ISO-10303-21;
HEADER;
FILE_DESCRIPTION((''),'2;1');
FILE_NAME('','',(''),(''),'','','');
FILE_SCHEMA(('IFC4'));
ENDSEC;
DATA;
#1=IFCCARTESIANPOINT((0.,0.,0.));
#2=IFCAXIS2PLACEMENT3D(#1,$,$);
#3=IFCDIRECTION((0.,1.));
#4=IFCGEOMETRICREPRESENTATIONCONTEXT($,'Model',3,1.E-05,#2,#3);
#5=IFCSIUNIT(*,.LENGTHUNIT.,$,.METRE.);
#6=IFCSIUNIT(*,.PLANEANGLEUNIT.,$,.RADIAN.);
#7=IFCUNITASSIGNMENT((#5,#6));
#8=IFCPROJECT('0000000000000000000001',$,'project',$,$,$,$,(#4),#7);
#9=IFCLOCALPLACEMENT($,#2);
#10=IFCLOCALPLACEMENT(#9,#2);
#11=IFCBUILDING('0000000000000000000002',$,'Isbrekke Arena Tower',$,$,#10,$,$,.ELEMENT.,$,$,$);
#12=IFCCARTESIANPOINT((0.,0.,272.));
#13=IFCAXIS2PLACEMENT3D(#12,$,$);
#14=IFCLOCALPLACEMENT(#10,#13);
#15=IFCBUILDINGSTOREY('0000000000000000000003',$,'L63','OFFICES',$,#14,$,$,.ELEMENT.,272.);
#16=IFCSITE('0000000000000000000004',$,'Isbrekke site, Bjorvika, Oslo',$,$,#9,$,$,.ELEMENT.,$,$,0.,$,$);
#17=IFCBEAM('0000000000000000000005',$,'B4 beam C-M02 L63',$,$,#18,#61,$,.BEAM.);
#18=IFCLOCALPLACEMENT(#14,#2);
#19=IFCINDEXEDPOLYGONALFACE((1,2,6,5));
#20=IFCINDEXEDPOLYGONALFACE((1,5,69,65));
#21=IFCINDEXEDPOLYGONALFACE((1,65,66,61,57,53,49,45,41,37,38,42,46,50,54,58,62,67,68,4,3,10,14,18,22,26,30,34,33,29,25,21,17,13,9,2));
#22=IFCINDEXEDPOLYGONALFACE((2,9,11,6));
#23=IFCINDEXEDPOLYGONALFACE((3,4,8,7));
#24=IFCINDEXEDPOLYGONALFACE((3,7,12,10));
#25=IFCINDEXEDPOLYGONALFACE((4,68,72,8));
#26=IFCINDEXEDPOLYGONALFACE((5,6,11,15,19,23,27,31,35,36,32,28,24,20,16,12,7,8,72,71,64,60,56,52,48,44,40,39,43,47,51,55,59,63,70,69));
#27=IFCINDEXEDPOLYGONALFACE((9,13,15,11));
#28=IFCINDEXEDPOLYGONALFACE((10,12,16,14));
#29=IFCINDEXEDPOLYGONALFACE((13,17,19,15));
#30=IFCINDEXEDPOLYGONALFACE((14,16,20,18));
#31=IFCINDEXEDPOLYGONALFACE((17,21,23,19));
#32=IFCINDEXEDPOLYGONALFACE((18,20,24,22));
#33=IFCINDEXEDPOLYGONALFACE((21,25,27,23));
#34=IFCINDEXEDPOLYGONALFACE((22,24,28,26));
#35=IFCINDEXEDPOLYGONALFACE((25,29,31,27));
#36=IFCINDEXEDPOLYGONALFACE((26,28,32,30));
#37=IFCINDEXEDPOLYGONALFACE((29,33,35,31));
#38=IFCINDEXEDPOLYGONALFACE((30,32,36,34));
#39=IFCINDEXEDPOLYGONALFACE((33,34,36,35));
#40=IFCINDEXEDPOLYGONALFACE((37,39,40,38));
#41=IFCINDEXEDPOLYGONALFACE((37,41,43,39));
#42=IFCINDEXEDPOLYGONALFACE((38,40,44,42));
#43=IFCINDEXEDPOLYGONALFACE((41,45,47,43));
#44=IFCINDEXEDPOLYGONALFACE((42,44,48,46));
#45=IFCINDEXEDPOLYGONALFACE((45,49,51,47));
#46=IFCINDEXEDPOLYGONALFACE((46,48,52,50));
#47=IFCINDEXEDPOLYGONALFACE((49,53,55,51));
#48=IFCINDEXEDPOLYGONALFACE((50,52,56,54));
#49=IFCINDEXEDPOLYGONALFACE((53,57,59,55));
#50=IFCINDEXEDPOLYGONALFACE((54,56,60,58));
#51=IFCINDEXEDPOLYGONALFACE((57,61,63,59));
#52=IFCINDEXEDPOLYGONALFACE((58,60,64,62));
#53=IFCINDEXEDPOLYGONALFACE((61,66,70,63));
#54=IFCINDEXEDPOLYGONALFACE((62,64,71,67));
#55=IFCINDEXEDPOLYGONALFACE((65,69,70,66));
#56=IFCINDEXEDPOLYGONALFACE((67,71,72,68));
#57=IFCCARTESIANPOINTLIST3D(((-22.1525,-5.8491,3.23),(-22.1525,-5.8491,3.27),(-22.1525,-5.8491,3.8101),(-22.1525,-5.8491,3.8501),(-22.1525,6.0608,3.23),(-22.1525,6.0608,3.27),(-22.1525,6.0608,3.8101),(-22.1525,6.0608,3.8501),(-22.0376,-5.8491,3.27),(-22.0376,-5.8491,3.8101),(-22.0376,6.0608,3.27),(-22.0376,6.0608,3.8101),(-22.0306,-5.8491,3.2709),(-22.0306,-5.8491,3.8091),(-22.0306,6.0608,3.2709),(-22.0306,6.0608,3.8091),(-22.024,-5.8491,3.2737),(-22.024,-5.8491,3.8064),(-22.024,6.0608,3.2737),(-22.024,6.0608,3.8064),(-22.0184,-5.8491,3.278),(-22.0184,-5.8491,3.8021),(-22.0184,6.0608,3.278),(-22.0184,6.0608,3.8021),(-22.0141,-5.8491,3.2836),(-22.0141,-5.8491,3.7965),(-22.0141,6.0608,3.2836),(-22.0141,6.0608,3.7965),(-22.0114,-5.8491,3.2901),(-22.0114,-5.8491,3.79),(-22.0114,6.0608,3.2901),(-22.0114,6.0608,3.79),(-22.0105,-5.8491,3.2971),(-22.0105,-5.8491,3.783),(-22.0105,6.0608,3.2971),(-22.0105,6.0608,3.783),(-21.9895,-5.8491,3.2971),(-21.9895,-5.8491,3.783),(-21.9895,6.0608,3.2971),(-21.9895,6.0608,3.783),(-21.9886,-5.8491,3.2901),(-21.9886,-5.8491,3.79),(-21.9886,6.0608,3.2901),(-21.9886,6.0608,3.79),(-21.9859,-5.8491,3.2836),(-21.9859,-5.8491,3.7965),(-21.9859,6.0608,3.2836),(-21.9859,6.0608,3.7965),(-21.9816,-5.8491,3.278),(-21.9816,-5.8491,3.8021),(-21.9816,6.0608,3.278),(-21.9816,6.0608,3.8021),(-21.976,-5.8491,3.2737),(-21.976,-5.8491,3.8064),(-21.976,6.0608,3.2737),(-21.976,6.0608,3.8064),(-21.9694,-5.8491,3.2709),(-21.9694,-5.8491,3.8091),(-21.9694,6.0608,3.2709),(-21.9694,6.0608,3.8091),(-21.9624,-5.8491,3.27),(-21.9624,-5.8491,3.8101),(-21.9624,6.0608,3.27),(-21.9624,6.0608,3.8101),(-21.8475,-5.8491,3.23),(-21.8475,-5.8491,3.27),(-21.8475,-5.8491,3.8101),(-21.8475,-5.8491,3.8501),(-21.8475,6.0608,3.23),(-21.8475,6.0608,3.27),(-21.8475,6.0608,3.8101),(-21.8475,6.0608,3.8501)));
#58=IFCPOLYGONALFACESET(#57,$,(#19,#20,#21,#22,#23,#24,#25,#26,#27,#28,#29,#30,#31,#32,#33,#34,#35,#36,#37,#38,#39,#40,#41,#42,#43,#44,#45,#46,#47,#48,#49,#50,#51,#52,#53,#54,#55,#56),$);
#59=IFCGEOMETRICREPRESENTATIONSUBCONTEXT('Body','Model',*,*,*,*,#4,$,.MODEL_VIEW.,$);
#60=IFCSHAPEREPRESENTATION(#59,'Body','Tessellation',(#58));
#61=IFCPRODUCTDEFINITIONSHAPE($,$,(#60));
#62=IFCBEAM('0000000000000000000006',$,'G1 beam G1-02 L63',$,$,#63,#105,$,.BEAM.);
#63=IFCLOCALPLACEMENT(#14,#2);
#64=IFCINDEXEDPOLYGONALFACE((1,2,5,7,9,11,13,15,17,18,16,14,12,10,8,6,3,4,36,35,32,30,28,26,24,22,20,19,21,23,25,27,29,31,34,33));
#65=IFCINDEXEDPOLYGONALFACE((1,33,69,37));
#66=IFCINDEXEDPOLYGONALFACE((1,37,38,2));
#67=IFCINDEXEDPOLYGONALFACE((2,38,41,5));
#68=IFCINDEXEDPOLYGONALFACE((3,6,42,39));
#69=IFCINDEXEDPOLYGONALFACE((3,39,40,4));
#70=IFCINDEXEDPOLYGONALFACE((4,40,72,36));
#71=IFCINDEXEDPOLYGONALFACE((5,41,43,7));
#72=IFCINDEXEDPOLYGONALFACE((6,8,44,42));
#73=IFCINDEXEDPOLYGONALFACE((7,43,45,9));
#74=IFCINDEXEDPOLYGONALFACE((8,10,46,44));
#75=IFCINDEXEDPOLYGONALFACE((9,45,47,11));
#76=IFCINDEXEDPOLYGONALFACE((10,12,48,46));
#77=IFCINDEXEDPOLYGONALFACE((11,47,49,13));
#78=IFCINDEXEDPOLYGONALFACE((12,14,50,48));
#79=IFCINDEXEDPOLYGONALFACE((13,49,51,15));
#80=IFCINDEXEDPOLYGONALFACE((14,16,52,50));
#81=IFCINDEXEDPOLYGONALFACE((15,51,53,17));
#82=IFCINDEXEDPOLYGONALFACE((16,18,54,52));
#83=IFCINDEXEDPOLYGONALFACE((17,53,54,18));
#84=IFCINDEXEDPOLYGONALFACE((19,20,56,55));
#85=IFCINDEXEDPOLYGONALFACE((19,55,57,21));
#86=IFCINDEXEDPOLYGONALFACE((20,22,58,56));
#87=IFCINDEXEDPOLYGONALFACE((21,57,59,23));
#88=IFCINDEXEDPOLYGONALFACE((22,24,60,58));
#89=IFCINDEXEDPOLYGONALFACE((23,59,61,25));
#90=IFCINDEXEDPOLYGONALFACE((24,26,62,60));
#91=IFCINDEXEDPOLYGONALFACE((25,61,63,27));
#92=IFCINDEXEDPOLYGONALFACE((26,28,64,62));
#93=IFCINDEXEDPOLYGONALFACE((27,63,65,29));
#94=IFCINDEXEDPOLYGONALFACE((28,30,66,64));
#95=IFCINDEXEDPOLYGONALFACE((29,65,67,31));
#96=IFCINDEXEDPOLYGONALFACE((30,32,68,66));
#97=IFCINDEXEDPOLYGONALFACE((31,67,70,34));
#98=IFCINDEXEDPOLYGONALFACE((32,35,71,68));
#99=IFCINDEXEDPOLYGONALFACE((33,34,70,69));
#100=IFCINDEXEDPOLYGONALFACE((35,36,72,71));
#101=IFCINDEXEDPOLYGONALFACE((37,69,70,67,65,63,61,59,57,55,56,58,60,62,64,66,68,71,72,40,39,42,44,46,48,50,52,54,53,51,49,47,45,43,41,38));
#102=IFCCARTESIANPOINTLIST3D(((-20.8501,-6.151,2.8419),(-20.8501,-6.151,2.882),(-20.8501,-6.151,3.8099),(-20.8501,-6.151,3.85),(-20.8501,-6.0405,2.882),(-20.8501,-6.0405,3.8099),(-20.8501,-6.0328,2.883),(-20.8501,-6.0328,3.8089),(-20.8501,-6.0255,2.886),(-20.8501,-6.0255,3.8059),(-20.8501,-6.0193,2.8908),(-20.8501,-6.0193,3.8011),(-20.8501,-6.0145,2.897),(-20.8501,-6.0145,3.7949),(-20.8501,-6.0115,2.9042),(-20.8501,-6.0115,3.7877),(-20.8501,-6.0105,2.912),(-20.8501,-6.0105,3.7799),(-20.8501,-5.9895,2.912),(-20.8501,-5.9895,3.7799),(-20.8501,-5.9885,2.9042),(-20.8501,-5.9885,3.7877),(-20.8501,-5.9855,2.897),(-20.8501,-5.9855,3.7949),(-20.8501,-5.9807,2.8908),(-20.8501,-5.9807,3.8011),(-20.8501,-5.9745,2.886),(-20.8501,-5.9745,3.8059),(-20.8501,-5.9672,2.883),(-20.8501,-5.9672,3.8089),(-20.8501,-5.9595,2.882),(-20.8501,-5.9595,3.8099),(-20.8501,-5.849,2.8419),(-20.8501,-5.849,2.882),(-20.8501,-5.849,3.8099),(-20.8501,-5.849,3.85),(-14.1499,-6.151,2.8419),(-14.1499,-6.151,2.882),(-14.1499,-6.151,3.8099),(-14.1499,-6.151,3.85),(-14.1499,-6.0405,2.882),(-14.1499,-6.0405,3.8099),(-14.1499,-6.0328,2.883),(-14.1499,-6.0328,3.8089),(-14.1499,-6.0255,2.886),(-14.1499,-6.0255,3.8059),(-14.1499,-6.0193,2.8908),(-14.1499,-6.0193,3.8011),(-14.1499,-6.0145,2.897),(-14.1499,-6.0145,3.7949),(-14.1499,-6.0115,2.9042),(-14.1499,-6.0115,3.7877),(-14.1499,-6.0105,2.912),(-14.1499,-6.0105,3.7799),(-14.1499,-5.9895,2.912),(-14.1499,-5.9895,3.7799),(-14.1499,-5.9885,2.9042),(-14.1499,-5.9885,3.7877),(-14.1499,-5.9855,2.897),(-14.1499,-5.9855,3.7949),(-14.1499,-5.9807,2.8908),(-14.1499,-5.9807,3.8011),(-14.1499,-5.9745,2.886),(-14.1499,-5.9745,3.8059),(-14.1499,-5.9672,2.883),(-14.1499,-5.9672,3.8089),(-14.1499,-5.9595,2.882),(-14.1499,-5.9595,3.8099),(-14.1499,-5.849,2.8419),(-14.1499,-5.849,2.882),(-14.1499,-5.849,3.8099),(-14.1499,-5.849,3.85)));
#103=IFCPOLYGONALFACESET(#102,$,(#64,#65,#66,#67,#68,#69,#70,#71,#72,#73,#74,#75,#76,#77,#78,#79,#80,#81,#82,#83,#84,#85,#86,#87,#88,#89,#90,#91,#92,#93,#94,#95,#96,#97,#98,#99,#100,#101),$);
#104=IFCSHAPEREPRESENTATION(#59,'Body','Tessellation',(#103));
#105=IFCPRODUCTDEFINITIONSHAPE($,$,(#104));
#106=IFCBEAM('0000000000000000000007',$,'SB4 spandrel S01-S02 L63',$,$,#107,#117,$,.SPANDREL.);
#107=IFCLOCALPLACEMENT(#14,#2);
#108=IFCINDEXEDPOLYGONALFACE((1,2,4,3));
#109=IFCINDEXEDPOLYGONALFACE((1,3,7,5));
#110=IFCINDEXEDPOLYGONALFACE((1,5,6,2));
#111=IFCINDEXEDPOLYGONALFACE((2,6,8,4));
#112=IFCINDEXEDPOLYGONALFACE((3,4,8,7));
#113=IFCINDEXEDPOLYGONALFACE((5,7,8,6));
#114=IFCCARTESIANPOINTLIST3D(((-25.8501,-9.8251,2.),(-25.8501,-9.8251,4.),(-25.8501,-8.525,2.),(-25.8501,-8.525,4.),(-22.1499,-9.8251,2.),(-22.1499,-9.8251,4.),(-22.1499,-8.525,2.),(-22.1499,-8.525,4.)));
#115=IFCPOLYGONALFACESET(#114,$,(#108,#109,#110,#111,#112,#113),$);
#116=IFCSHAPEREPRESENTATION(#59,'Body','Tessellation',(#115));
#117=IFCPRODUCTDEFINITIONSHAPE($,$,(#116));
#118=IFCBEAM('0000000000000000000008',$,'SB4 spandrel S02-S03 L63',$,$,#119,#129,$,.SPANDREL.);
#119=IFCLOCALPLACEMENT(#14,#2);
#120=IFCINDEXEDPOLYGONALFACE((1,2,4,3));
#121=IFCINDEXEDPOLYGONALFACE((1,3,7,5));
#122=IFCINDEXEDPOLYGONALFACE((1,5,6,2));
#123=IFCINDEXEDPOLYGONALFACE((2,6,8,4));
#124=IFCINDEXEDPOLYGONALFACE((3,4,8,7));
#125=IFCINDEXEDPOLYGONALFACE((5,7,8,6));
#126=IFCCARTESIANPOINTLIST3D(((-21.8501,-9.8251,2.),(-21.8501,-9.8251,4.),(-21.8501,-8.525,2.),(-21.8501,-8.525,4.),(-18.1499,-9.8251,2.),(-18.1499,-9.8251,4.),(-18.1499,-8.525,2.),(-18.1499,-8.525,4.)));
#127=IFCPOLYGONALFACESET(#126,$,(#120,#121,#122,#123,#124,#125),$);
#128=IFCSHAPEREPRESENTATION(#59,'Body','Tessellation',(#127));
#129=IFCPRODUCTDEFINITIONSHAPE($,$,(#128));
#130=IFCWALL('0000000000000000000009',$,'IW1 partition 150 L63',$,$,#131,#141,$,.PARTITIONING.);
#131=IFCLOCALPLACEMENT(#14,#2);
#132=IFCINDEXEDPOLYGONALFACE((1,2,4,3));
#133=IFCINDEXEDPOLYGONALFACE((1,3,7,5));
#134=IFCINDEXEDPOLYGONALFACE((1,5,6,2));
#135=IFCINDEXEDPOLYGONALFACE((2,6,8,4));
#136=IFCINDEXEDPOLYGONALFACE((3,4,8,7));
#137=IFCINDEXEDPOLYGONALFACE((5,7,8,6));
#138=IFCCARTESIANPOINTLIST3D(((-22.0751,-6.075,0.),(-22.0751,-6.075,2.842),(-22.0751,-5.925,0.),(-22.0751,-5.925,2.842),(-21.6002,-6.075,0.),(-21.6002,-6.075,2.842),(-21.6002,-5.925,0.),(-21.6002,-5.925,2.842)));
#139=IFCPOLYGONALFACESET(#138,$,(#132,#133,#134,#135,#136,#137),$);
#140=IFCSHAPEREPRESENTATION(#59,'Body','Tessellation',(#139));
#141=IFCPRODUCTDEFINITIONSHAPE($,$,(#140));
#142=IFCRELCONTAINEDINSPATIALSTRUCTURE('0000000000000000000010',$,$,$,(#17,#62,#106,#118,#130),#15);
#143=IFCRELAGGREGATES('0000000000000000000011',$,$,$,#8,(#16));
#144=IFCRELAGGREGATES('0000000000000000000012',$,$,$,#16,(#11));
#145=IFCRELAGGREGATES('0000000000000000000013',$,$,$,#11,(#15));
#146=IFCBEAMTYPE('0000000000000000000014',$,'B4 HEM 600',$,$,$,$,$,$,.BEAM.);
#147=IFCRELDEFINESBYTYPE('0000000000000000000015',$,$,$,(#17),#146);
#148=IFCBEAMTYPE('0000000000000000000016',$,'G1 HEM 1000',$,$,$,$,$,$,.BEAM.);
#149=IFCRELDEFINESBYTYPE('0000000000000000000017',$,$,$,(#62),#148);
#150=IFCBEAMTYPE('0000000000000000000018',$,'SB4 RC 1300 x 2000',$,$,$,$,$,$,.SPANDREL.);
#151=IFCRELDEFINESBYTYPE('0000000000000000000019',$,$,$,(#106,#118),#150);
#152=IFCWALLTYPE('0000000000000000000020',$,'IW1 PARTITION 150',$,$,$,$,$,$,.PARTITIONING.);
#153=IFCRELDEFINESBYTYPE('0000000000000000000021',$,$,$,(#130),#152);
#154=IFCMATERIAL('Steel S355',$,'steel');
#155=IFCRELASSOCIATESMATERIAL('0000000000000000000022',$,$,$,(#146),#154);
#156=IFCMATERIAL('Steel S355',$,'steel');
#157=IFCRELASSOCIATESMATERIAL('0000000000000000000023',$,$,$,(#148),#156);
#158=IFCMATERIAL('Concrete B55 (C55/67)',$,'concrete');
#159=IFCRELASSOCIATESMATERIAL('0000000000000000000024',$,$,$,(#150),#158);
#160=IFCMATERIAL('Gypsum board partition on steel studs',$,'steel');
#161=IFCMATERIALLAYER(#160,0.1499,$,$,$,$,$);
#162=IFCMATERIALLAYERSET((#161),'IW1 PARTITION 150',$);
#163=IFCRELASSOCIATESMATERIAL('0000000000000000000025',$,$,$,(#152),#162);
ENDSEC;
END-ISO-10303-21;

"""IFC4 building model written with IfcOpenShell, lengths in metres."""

from ifc_helpers import new_model, si_unit, direction, frame, frame_2d, origin, origin_2d, place, context, subcontext, project, spatial, rectangle, i_section, extrude, material, layer, layer_set, material_profile, profile_set, type_object, element, save


model = new_model("IFC4")

# Units and contexts
model_context = context("Model", 3, precision=1e-05, world=origin(), true_north=direction((0.0, 1.0)))
body_context = subcontext(model_context, "Body", "Model", "MODEL_VIEW")
ifc_project = project(units=[si_unit("LENGTHUNIT", "METRE"), si_unit("PLANEANGLEUNIT", "RADIAN")], contexts=[model_context])

# Site, building, storey
site_placement = place(None, origin())
site = spatial("IfcSite", under=ifc_project, at=site_placement, Name="Isbrekke site, Bjorvika, Oslo", CompositionType="ELEMENT", RefElevation=0.0)
building_placement = place(site_placement, origin())
building = spatial("IfcBuilding", under=site, at=building_placement, Name="Isbrekke Arena Tower", CompositionType="ELEMENT")
storey_placement = place(building_placement, frame((0.0, 0.0, 272.0)))
storey = spatial("IfcBuildingStorey", under=building, at=storey_placement, Name="L63", Description="OFFICES", CompositionType="ELEMENT", Elevation=272.0)

# Beams
ifc_material_1 = material(Name="Steel S355", Category="steel")
ifc_material_profile_1 = material_profile(ifc_material_1, i_section(OverallWidth=0.3049, OverallDepth=0.6201, WebThickness=0.021, FlangeThickness=0.04, FilletRadius=0.0271, at=origin_2d()), Name="HEM 600")
ifc_profile_set_1 = profile_set([ifc_material_profile_1], Name="Steel S355")
beam_type_1 = type_object("IfcBeamType", Name="B4 HEM 600", PredefinedType="BEAM", material=ifc_profile_set_1)
beam_1_placement = place(storey_placement, frame((-22.0, -5.8491, 3.54), z_axis=(0.0, 1.0, 0.0), x_axis=(-1.0, 0.0, 0.0)))
element("IfcBeam", 1, at=beam_1_placement, inside=storey, type_object=beam_type_1, Name="B4 beam C-M02 L63", PredefinedType="BEAM", context=body_context, shape_type="SweptSolid", body=[
    extrude(i_section(OverallWidth=0.3049, OverallDepth=0.6201, WebThickness=0.021, FlangeThickness=0.04, FilletRadius=0.0271, at=origin_2d()), origin(), (0.0, 0.0, 1.0), 11.9099),
])
ifc_material_2 = material(Name="Steel S355", Category="steel")
ifc_material_profile_2 = material_profile(ifc_material_2, i_section(OverallWidth=0.302, OverallDepth=1.0081, WebThickness=0.021, FlangeThickness=0.04, FilletRadius=0.03, at=origin_2d()), Name="HEM 1000")
ifc_profile_set_2 = profile_set([ifc_material_profile_2], Name="Steel S355")
beam_type_2 = type_object("IfcBeamType", Name="G1 HEM 1000", PredefinedType="BEAM", material=ifc_profile_set_2)
beam_2_placement = place(storey_placement, frame((-20.8501, -6.0, 3.3459), z_axis=(1.0, 0.0, 0.0), x_axis=(0.0, 1.0, 0.0)))
element("IfcBeam", 2, at=beam_2_placement, inside=storey, type_object=beam_type_2, Name="G1 beam G1-02 L63", PredefinedType="BEAM", context=body_context, shape_type="SweptSolid", body=[
    extrude(i_section(OverallWidth=0.302, OverallDepth=1.0081, WebThickness=0.021, FlangeThickness=0.04, FilletRadius=0.03, at=origin_2d()), origin(), (0.0, 0.0, 1.0), 6.7002),
])
ifc_material_3 = material(Name="Concrete B55 (C55/67)", Category="concrete")
ifc_material_profile_3 = material_profile(ifc_material_3, rectangle(XDim=1.3, YDim=2.0, at=origin_2d()), Name="RC 1300x2000")
ifc_profile_set_3 = profile_set([ifc_material_profile_3], Name="Concrete B55 (C55/67)")
beam_type_3 = type_object("IfcBeamType", Name="SB4 RC 1300 x 2000", PredefinedType="SPANDREL", material=ifc_profile_set_3)
for number, where, z_axis, x_axis, name in (
    (3, (-25.8501, -9.175, 3.0), (1.0, 0.0, 0.0), (0.0, 1.0, 0.0), "SB4 spandrel S01-S02 L63"),
    (4, (-21.8501, -9.175, 3.0), (1.0, 0.0, 0.0), (0.0, 1.0, 0.0), "SB4 spandrel S02-S03 L63"),
):
    element("IfcBeam", number, at=place(storey_placement, frame(where, z_axis=z_axis, x_axis=x_axis)), inside=storey, type_object=beam_type_3, Name=name, PredefinedType="SPANDREL", context=body_context, shape_type="SweptSolid", body=[
        extrude(rectangle(XDim=1.3, YDim=2.0, at=origin_2d()), origin(), (0.0, 0.0, 1.0), 3.7002),
    ])

# Wall
ifc_material_4 = material(Name="Gypsum board partition on steel studs", Category="steel")
ifc_layer = layer(ifc_material_4, 0.1499)
ifc_layer_set = layer_set([ifc_layer], Name="IW1 PARTITION 150")
wall_type = type_object("IfcWallType", Name="IW1 PARTITION 150", PredefinedType="PARTITIONING", material=ifc_layer_set)
wall_1_placement = place(storey_placement, frame((-22.075, -6.0, 0.0), z_axis=(0.0, 0.0, 1.0), x_axis=(1.0, 0.0, 0.0)))
element("IfcWall", 5, at=wall_1_placement, inside=storey, type_object=wall_type, Name="IW1 partition 150 L63", PredefinedType="PARTITIONING", context=body_context, shape_type="SweptSolid", body=[
    extrude(rectangle(XDim=0.4749, YDim=0.1499, at=frame_2d((0.2373, 0.0))), origin(), (0.0, 0.0, 1.0), 2.842),
])

save(model, "model.ifc")
